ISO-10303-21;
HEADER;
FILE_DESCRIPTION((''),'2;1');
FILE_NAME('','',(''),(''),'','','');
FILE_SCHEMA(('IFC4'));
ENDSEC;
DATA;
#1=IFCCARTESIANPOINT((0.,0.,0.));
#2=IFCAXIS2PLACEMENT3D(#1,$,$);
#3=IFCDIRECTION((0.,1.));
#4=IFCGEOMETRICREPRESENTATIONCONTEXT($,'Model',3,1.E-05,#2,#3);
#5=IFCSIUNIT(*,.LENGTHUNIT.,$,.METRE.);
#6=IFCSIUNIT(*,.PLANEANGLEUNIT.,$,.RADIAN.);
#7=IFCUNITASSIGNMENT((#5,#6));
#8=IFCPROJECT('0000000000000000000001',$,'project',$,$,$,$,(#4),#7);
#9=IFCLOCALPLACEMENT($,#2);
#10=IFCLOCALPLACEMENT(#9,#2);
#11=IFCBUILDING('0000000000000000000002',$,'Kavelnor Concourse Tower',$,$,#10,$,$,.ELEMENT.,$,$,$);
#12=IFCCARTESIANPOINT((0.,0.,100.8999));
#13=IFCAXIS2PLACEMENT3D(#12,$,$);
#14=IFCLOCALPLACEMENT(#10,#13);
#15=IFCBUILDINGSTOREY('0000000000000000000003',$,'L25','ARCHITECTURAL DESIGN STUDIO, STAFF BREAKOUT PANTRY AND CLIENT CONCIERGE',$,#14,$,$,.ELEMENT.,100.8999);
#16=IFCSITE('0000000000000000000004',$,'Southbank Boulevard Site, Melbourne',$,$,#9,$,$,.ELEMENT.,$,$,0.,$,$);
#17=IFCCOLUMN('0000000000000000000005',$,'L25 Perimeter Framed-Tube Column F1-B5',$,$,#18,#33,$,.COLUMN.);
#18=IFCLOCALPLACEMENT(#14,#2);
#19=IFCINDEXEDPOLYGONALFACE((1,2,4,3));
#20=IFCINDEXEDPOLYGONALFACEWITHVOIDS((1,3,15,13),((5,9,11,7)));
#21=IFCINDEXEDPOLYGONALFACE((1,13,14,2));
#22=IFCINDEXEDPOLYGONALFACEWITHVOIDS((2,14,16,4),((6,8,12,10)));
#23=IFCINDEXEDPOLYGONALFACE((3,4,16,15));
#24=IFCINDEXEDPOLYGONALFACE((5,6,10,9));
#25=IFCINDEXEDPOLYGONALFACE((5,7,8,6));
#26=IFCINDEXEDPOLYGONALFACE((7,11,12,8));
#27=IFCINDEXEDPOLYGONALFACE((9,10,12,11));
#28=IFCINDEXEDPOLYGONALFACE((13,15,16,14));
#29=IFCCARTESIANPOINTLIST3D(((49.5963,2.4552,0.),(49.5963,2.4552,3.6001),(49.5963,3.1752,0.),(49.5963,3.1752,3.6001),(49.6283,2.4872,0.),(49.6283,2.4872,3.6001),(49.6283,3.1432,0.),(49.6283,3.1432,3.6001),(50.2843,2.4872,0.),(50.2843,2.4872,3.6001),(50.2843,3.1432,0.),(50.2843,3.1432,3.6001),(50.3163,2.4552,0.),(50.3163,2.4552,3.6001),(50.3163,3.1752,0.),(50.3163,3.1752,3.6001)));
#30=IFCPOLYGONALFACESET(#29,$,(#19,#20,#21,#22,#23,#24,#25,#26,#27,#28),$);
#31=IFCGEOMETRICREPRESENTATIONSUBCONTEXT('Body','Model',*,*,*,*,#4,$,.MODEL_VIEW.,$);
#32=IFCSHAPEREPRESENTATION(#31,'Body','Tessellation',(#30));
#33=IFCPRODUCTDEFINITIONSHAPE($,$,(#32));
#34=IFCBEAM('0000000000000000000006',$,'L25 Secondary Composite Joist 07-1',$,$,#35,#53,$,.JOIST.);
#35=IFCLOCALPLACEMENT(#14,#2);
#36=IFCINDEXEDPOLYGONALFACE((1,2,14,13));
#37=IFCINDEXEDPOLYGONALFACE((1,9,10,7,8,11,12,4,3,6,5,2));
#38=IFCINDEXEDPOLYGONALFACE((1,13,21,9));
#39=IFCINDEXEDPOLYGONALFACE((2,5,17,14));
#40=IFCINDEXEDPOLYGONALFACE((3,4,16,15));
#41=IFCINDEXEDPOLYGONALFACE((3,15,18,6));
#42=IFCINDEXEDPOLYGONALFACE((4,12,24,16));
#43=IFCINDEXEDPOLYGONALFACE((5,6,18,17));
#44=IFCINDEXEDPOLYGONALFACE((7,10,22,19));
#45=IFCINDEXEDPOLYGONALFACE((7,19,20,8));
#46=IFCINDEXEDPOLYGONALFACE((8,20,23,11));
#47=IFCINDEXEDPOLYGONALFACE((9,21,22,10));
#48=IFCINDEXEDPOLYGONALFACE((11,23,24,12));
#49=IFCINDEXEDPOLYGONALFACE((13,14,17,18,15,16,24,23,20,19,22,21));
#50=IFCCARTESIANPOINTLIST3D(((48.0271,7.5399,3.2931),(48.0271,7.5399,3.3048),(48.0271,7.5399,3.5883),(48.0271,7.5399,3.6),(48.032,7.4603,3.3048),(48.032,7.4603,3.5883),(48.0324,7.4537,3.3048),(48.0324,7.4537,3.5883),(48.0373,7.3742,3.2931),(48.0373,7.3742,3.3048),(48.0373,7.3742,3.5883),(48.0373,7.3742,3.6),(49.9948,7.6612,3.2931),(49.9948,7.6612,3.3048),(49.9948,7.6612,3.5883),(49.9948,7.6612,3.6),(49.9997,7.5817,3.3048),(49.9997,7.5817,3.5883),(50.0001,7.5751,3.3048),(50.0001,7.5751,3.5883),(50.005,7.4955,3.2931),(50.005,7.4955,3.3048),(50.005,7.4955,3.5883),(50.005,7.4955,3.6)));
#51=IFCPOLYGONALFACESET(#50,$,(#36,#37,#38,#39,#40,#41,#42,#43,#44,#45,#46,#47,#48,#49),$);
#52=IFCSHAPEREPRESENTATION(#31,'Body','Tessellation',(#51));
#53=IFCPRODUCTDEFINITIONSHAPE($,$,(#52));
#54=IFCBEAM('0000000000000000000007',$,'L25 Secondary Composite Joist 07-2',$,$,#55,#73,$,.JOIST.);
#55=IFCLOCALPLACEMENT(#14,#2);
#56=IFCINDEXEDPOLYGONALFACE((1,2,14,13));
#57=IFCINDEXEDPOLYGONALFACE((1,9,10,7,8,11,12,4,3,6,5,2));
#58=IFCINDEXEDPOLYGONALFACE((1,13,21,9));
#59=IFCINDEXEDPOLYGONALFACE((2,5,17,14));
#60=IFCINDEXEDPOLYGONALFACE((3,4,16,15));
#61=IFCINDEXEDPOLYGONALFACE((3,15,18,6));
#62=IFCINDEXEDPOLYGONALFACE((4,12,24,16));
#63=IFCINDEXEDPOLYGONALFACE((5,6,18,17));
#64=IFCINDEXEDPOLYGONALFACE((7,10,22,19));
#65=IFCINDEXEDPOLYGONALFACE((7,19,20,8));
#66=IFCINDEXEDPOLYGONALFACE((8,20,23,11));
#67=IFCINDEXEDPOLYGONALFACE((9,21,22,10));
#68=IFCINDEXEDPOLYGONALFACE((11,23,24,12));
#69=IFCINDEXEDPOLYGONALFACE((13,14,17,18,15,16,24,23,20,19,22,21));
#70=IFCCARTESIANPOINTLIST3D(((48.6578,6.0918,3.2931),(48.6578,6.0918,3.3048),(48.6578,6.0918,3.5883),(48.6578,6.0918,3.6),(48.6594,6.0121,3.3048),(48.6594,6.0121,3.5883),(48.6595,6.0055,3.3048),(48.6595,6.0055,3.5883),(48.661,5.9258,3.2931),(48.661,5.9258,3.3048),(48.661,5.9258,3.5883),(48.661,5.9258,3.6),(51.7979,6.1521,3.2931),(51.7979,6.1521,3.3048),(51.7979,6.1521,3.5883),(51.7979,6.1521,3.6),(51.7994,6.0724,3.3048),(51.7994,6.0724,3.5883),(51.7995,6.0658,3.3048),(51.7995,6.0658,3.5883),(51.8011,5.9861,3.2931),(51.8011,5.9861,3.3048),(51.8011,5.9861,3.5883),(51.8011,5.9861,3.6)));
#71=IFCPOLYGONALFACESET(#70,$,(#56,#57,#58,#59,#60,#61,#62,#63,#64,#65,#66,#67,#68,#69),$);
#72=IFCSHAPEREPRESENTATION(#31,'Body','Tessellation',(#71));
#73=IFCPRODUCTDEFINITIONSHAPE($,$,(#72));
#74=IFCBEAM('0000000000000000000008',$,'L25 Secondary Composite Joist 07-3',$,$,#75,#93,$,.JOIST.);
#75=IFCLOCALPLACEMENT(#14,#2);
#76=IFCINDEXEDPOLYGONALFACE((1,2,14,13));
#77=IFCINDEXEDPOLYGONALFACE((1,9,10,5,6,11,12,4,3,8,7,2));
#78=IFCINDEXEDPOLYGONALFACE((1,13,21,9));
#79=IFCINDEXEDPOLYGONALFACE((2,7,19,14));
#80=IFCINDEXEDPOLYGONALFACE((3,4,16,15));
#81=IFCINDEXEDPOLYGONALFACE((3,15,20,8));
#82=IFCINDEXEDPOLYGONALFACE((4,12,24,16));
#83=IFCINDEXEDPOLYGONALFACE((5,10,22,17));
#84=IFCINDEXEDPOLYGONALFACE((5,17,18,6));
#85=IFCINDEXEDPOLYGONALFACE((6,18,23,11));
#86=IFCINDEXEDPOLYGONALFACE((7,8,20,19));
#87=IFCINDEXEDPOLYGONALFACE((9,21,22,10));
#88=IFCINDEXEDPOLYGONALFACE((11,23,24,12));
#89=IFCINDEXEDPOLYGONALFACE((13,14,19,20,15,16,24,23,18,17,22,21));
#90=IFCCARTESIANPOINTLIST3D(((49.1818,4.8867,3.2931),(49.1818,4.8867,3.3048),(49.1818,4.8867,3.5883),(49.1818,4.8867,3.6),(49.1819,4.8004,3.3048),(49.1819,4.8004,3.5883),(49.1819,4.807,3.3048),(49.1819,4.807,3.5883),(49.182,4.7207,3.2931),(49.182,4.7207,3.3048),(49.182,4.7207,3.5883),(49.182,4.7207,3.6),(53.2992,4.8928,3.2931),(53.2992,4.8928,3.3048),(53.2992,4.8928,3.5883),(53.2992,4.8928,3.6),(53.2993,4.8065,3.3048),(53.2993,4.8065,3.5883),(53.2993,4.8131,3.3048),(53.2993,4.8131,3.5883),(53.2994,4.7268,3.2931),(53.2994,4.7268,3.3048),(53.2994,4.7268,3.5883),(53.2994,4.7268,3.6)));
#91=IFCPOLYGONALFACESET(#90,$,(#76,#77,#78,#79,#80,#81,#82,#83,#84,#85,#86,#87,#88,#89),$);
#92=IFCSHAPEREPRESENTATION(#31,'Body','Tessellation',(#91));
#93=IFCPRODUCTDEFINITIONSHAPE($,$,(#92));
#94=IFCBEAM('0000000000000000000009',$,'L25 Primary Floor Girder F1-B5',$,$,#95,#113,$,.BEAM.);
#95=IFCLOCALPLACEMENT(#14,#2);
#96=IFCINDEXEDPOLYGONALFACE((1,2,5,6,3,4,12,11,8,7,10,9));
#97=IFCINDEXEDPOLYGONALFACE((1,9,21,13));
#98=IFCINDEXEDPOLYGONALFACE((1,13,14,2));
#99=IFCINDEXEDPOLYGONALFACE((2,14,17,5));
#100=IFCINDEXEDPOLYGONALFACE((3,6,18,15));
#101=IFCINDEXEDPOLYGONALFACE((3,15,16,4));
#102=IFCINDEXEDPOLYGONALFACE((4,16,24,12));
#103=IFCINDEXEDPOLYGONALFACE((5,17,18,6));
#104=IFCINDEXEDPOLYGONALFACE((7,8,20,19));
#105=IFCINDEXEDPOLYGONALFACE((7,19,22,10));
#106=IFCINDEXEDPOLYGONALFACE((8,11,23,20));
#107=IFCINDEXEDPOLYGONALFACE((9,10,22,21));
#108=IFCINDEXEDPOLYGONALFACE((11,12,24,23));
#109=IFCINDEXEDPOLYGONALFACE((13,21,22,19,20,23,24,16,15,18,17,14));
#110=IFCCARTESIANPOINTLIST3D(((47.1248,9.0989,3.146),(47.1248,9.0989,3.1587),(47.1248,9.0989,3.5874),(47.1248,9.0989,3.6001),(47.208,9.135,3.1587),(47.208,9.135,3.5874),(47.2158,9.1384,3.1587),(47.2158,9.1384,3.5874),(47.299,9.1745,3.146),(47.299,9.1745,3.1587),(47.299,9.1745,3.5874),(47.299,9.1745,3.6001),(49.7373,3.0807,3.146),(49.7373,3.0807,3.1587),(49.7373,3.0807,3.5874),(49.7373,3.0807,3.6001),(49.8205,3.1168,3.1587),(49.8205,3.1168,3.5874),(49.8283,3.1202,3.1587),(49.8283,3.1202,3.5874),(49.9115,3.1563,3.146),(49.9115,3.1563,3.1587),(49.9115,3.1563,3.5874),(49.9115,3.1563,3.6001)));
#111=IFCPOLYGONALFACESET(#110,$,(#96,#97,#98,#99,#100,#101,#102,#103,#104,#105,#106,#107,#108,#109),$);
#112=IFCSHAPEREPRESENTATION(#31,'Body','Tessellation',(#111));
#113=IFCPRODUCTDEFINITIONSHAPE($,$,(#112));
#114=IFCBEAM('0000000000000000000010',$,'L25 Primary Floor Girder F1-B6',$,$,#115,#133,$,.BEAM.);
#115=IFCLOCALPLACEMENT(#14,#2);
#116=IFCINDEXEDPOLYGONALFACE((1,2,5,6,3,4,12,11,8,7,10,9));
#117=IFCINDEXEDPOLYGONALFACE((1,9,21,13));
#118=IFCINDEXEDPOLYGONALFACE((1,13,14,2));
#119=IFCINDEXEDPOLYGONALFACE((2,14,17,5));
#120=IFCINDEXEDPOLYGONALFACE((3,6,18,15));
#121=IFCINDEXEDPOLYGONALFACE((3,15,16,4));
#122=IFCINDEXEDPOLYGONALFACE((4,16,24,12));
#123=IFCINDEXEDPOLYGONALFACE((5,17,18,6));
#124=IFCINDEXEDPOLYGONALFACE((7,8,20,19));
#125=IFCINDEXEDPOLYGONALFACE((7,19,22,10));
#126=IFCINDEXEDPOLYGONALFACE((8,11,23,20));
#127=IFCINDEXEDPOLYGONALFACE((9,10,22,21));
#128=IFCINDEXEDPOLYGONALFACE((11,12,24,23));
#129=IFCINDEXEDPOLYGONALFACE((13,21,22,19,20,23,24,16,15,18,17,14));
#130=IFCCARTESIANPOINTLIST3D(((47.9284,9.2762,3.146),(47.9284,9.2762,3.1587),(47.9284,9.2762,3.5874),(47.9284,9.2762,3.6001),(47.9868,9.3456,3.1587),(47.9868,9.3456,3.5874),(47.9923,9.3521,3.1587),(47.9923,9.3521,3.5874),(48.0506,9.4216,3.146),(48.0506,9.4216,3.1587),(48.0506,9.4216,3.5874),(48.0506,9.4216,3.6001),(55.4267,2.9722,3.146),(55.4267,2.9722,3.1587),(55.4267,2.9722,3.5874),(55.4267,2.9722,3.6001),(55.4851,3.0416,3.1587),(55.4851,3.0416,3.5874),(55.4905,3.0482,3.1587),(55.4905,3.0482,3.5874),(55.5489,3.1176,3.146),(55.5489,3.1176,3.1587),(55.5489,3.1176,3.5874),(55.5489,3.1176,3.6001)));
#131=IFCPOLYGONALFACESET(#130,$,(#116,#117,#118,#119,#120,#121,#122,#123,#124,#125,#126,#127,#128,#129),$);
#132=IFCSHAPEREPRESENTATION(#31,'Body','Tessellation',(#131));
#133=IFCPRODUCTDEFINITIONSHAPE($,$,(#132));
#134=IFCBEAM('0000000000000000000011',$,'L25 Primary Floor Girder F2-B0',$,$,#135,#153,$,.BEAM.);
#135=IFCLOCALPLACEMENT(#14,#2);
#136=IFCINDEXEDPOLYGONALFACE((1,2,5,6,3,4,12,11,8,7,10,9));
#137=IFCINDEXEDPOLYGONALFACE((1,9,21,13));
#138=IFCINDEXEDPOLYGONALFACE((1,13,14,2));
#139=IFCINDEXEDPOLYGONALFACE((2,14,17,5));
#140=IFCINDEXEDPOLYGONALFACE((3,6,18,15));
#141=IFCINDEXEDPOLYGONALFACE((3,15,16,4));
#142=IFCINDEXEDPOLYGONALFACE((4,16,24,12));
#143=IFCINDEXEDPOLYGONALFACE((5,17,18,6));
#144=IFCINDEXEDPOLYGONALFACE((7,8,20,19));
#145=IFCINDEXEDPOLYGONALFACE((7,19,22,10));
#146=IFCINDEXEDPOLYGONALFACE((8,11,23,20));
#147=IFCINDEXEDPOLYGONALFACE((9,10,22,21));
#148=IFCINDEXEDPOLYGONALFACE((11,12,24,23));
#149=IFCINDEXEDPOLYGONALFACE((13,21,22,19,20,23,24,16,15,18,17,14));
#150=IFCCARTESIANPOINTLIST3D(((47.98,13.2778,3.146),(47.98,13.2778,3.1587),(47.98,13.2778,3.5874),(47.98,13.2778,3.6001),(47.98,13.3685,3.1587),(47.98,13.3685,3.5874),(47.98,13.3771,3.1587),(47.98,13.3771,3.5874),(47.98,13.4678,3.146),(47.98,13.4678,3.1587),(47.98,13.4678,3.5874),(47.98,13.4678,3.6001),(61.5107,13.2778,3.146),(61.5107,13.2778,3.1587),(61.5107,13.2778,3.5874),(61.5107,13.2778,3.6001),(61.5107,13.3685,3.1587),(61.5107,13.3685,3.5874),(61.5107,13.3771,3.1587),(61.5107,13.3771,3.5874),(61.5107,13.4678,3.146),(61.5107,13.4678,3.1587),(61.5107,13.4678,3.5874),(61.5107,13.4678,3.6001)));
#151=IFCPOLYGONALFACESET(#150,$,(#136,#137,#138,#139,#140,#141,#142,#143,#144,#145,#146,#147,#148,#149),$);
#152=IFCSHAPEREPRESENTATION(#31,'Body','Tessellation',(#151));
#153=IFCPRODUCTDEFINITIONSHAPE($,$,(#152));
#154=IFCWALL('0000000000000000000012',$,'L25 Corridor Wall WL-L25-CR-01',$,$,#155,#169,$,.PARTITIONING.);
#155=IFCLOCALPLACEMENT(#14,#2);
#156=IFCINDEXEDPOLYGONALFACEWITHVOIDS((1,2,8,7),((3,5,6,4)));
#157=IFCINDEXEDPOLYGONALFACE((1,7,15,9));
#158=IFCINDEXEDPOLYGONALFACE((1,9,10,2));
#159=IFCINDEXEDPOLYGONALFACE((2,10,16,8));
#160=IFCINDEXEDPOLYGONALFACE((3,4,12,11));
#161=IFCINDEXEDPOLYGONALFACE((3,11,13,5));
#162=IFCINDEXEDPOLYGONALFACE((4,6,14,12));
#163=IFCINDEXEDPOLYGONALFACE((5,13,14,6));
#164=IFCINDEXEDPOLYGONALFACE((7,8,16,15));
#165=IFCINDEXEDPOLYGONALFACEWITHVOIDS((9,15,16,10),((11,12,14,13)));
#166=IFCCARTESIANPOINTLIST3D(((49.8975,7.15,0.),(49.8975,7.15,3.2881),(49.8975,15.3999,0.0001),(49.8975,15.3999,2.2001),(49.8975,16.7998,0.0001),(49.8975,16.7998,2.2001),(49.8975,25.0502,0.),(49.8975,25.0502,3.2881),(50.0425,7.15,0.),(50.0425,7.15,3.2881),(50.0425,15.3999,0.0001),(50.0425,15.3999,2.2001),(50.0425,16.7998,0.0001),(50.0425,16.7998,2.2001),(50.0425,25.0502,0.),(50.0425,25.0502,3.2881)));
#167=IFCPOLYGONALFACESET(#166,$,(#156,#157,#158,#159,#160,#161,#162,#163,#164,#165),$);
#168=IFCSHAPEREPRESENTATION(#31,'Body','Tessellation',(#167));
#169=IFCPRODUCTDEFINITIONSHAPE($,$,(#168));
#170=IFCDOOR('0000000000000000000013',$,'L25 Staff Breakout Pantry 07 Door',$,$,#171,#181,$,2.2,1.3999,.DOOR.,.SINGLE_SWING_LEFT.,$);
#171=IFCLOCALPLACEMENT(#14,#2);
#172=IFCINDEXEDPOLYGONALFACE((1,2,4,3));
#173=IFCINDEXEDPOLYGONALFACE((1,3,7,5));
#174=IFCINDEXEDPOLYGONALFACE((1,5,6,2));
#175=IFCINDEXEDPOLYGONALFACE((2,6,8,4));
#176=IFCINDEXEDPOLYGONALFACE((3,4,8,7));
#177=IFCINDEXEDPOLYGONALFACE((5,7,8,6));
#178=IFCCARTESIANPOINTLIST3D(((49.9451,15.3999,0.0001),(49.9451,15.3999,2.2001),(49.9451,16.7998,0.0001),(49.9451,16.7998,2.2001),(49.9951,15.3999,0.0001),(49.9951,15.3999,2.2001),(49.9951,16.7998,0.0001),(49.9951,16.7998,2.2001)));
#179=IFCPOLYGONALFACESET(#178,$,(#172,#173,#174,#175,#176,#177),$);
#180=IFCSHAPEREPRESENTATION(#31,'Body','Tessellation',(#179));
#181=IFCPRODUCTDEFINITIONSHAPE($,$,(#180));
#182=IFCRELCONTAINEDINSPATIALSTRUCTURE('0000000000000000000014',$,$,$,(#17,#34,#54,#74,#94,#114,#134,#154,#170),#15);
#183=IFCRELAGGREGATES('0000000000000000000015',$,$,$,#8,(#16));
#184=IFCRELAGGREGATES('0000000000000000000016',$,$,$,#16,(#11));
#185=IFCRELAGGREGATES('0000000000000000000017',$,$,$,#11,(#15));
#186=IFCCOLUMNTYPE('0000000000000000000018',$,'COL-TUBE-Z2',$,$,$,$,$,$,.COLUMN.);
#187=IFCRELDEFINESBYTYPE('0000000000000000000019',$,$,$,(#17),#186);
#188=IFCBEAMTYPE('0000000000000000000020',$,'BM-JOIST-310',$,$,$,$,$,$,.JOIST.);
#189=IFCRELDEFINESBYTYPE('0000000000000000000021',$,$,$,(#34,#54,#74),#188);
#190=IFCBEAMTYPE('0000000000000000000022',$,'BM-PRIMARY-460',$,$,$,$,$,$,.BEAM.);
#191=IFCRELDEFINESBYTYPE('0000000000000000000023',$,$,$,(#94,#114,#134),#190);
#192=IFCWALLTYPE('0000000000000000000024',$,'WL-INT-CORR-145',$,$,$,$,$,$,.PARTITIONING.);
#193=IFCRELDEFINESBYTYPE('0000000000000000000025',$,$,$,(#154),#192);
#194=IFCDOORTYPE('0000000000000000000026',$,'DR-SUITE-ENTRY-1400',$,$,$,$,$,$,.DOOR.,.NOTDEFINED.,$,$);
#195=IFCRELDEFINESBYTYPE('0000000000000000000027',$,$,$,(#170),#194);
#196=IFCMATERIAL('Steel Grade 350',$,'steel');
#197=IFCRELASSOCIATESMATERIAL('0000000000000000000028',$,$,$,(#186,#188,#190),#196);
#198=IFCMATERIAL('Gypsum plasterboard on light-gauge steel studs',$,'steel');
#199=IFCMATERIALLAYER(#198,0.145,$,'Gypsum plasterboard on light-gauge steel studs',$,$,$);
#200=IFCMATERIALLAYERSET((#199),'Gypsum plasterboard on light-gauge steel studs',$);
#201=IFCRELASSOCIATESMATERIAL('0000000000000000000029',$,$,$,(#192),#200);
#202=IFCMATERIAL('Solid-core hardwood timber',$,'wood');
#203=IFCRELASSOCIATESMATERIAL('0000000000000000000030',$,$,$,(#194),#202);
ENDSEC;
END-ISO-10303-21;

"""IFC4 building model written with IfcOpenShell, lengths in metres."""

from ifc_helpers import new_model, si_unit, direction, frame, frame_2d, origin, origin_2d, place, context, subcontext, project, spatial, rectangle, hollow_rectangle, i_section, extrude, material, layer, layer_set, material_profile, profile_set, type_object, element, fill, save


model = new_model("IFC4")

# Units and contexts
model_context = context("Model", 3, precision=1e-05, world=origin(), true_north=direction((0.0, 1.0)))
body_context = subcontext(model_context, "Body", "Model", "MODEL_VIEW")
ifc_project = project(units=[si_unit("LENGTHUNIT", "METRE"), si_unit("PLANEANGLEUNIT", "RADIAN")], contexts=[model_context])

# Site, building, storey
site_placement = place(None, origin())
site = spatial("IfcSite", under=ifc_project, at=site_placement, Name="Southbank Boulevard Site, Melbourne", CompositionType="ELEMENT", RefElevation=0.0)
building_placement = place(site_placement, origin())
building = spatial("IfcBuilding", under=site, at=building_placement, Name="Kavelnor Concourse Tower", CompositionType="ELEMENT")
storey_placement = place(building_placement, frame((0.0, 0.0, 100.8999)))
storey = spatial("IfcBuildingStorey", under=building, at=storey_placement, Name="L25", Description="ARCHITECTURAL DESIGN STUDIO, STAFF BREAKOUT PANTRY AND CLIENT CONCIERGE", CompositionType="ELEMENT", Elevation=100.8999)

# Column
ifc_material_1 = material(Name="Steel Grade 350", Category="steel")
ifc_material_profile_1 = material_profile(ifc_material_1, hollow_rectangle(XDim=0.72, YDim=0.72, WallThickness=0.032, at=origin_2d()), Name="SHS 720x720x32")
ifc_profile_set_1 = profile_set([ifc_material_profile_1], Name="Steel Grade 350")
column_type = type_object("IfcColumnType", Name="COL-TUBE-Z2", PredefinedType="COLUMN", material=ifc_profile_set_1)
column_placement = place(storey_placement, frame((49.9563, 2.8152, 0.0), z_axis=(0.0, 0.0, 1.0), x_axis=(1.0, 0.0, 0.0)))
element("IfcColumn", 1, at=column_placement, inside=storey, type_object=column_type, Name="L25 Perimeter Framed-Tube Column F1-B5", PredefinedType="COLUMN", context=body_context, shape_type="SweptSolid", body=[
    extrude(hollow_rectangle(XDim=0.72, YDim=0.72, WallThickness=0.032, at=origin_2d()), origin(), (0.0, 0.0, 1.0), 3.6001),
])

# Beams
ifc_material_profile_2 = material_profile(ifc_material_1, i_section(OverallWidth=0.166, OverallDepth=0.3069, WebThickness=0.0066, FlangeThickness=0.0117, at=origin_2d()), Name="310UB46")
ifc_profile_set_2 = profile_set([ifc_material_profile_2], Name="Steel Grade 350")
beam_type_1 = type_object("IfcBeamType", Name="BM-JOIST-310", PredefinedType="JOIST", material=ifc_profile_set_2)
beam_1_placement = place(storey_placement, frame((48.0322, 7.457, 3.4465), z_axis=(0.998104, 0.061546, 0.0), x_axis=(-0.061546, 0.998104, 0.0)))
element("IfcBeam", 2, at=beam_1_placement, inside=storey, type_object=beam_type_1, Name="L25 Secondary Composite Joist 07-1", PredefinedType="JOIST", context=body_context, shape_type="SweptSolid", body=[
    extrude(i_section(OverallWidth=0.166, OverallDepth=0.3069, WebThickness=0.0066, FlangeThickness=0.0117, at=origin_2d()), origin(), (0.0, 0.0, 1.0), 1.9714),
])
beam_2_placement = place(storey_placement, frame((48.6594, 6.0088, 3.4465), z_axis=(0.999816, 0.0192, 0.0), x_axis=(-0.0192, 0.999816, 0.0)))
element("IfcBeam", 3, at=beam_2_placement, inside=storey, type_object=beam_type_1, Name="L25 Secondary Composite Joist 07-2", PredefinedType="JOIST", context=body_context, shape_type="SweptSolid", body=[
    extrude(i_section(OverallWidth=0.166, OverallDepth=0.3069, WebThickness=0.0066, FlangeThickness=0.0117, at=origin_2d()), origin(), (0.0, 0.0, 1.0), 3.1406),
])
beam_3_placement = place(storey_placement, frame((49.1819, 4.8037, 3.4465), z_axis=(0.999999, 0.001482, 0.0), x_axis=(-0.001482, 0.999999, 0.0)))
element("IfcBeam", 4, at=beam_3_placement, inside=storey, type_object=beam_type_1, Name="L25 Secondary Composite Joist 07-3", PredefinedType="JOIST", context=body_context, shape_type="SweptSolid", body=[
    extrude(i_section(OverallWidth=0.166, OverallDepth=0.3069, WebThickness=0.0066, FlangeThickness=0.0117, at=origin_2d()), origin(), (0.0, 0.0, 1.0), 4.1174),
])
ifc_material_profile_3 = material_profile(ifc_material_1, i_section(OverallWidth=0.1899, OverallDepth=0.4541, WebThickness=0.0085, FlangeThickness=0.0127, at=origin_2d()), Name="460UB67")
ifc_profile_set_3 = profile_set([ifc_material_profile_3], Name="Steel Grade 350")
beam_type_2 = type_object("IfcBeamType", Name="BM-PRIMARY-460", PredefinedType="BEAM", material=ifc_profile_set_3)
beam_4_placement = place(storey_placement, frame((47.2119, 9.1367, 3.373), z_axis=(0.398199, -0.917299, 0.0), x_axis=(0.917299, 0.398199, 0.0)))
element("IfcBeam", 5, at=beam_4_placement, inside=storey, type_object=beam_type_2, Name="L25 Primary Floor Girder F1-B5", PredefinedType="BEAM", context=body_context, shape_type="SweptSolid", body=[
    extrude(i_section(OverallWidth=0.1899, OverallDepth=0.4541, WebThickness=0.0085, FlangeThickness=0.0127, at=origin_2d()), origin(), (0.0, 0.0, 1.0), 6.5608),
])
beam_5_placement = place(storey_placement, frame((47.9895, 9.3489, 3.373), z_axis=(0.765434, -0.643515, 0.0), x_axis=(0.643515, 0.765434, 0.0)))
element("IfcBeam", 6, at=beam_5_placement, inside=storey, type_object=beam_type_2, Name="L25 Primary Floor Girder F1-B6", PredefinedType="BEAM", context=body_context, shape_type="SweptSolid", body=[
    extrude(i_section(OverallWidth=0.1899, OverallDepth=0.4541, WebThickness=0.0085, FlangeThickness=0.0127, at=origin_2d()), origin(), (0.0, 0.0, 1.0), 9.7961),
])
beam_6_placement = place(storey_placement, frame((47.98, 13.3728, 3.373), z_axis=(1.0, 0.0, 0.0), x_axis=(0.0, 1.0, 0.0)))
element("IfcBeam", 7, at=beam_6_placement, inside=storey, type_object=beam_type_2, Name="L25 Primary Floor Girder F2-B0", PredefinedType="BEAM", context=body_context, shape_type="SweptSolid", body=[
    extrude(i_section(OverallWidth=0.1899, OverallDepth=0.4541, WebThickness=0.0085, FlangeThickness=0.0127, at=origin_2d()), origin(), (0.0, 0.0, 1.0), 13.5308),
])

# Wall, opening, door
ifc_material_2 = material(Name="Gypsum plasterboard on light-gauge steel studs", Category="steel")
ifc_layer_1 = layer(ifc_material_2, 0.145, Name="Gypsum plasterboard on light-gauge steel studs")
ifc_layer_set_1 = layer_set([ifc_layer_1], Name="Gypsum plasterboard on light-gauge steel studs")
wall_type_1 = type_object("IfcWallType", Name="WL-INT-CORR-145", PredefinedType="PARTITIONING", material=ifc_layer_set_1)
wall_1_placement = place(storey_placement, frame((49.97, 7.1499, 0.0), z_axis=(0.0, 0.0, 1.0), x_axis=(0.0, 1.0, 0.0)))
wall_1 = element("IfcWall", 8, at=wall_1_placement, inside=storey, type_object=wall_type_1, Name="L25 Corridor Wall WL-L25-CR-01", PredefinedType="PARTITIONING", context=body_context, shape_type="SweptSolid", body=[
    extrude(rectangle(XDim=17.9001, YDim=0.145, at=frame_2d((8.9502, 0.0))), origin(), (0.0, 0.0, 1.0), 3.2881),
])
opening_1_placement = place(wall_1_placement, frame((8.25, 0.0, 0.0)))
opening_1 = element("IfcOpeningElement", 9, at=opening_1_placement, cuts=wall_1, PredefinedType="OPENING", context=body_context, shape_type="SweptSolid", body=[
    extrude(rectangle(XDim=1.3999, YDim=2.2, at=frame_2d((0.7, 1.1001))), frame((0.0, 0.0825, 0.0), z_axis=(0.0, -1.0, 0.0), x_axis=(1.0, 0.0, 0.0)), (0.0, 0.0, 1.0), 0.165),
])
ifc_material_3 = material(Name="Solid-core hardwood timber", Category="wood")
door_type_1 = type_object("IfcDoorType", Name="DR-SUITE-ENTRY-1400", OperationType="NOTDEFINED", PredefinedType="DOOR", material=ifc_material_3)
door_1_placement = place(opening_1_placement, origin())
door_1 = element("IfcDoor", 10, at=door_1_placement, inside=storey, type_object=door_type_1, Name="L25 Staff Breakout Pantry 07 Door", OperationType="SINGLE_SWING_LEFT", OverallHeight=2.2, OverallWidth=1.3999, PredefinedType="DOOR", context=body_context, shape_type="SweptSolid", body=[
    extrude(rectangle(XDim=1.3999, YDim=2.2, at=frame_2d((0.7, 1.1001))), frame((0.0, 0.0249, 0.0), z_axis=(0.0, -1.0, 0.0), x_axis=(1.0, 0.0, 0.0)), (0.0, 0.0, 1.0), 0.05),
])
fill(opening_1, door_1)

save(model, "model.ifc")
